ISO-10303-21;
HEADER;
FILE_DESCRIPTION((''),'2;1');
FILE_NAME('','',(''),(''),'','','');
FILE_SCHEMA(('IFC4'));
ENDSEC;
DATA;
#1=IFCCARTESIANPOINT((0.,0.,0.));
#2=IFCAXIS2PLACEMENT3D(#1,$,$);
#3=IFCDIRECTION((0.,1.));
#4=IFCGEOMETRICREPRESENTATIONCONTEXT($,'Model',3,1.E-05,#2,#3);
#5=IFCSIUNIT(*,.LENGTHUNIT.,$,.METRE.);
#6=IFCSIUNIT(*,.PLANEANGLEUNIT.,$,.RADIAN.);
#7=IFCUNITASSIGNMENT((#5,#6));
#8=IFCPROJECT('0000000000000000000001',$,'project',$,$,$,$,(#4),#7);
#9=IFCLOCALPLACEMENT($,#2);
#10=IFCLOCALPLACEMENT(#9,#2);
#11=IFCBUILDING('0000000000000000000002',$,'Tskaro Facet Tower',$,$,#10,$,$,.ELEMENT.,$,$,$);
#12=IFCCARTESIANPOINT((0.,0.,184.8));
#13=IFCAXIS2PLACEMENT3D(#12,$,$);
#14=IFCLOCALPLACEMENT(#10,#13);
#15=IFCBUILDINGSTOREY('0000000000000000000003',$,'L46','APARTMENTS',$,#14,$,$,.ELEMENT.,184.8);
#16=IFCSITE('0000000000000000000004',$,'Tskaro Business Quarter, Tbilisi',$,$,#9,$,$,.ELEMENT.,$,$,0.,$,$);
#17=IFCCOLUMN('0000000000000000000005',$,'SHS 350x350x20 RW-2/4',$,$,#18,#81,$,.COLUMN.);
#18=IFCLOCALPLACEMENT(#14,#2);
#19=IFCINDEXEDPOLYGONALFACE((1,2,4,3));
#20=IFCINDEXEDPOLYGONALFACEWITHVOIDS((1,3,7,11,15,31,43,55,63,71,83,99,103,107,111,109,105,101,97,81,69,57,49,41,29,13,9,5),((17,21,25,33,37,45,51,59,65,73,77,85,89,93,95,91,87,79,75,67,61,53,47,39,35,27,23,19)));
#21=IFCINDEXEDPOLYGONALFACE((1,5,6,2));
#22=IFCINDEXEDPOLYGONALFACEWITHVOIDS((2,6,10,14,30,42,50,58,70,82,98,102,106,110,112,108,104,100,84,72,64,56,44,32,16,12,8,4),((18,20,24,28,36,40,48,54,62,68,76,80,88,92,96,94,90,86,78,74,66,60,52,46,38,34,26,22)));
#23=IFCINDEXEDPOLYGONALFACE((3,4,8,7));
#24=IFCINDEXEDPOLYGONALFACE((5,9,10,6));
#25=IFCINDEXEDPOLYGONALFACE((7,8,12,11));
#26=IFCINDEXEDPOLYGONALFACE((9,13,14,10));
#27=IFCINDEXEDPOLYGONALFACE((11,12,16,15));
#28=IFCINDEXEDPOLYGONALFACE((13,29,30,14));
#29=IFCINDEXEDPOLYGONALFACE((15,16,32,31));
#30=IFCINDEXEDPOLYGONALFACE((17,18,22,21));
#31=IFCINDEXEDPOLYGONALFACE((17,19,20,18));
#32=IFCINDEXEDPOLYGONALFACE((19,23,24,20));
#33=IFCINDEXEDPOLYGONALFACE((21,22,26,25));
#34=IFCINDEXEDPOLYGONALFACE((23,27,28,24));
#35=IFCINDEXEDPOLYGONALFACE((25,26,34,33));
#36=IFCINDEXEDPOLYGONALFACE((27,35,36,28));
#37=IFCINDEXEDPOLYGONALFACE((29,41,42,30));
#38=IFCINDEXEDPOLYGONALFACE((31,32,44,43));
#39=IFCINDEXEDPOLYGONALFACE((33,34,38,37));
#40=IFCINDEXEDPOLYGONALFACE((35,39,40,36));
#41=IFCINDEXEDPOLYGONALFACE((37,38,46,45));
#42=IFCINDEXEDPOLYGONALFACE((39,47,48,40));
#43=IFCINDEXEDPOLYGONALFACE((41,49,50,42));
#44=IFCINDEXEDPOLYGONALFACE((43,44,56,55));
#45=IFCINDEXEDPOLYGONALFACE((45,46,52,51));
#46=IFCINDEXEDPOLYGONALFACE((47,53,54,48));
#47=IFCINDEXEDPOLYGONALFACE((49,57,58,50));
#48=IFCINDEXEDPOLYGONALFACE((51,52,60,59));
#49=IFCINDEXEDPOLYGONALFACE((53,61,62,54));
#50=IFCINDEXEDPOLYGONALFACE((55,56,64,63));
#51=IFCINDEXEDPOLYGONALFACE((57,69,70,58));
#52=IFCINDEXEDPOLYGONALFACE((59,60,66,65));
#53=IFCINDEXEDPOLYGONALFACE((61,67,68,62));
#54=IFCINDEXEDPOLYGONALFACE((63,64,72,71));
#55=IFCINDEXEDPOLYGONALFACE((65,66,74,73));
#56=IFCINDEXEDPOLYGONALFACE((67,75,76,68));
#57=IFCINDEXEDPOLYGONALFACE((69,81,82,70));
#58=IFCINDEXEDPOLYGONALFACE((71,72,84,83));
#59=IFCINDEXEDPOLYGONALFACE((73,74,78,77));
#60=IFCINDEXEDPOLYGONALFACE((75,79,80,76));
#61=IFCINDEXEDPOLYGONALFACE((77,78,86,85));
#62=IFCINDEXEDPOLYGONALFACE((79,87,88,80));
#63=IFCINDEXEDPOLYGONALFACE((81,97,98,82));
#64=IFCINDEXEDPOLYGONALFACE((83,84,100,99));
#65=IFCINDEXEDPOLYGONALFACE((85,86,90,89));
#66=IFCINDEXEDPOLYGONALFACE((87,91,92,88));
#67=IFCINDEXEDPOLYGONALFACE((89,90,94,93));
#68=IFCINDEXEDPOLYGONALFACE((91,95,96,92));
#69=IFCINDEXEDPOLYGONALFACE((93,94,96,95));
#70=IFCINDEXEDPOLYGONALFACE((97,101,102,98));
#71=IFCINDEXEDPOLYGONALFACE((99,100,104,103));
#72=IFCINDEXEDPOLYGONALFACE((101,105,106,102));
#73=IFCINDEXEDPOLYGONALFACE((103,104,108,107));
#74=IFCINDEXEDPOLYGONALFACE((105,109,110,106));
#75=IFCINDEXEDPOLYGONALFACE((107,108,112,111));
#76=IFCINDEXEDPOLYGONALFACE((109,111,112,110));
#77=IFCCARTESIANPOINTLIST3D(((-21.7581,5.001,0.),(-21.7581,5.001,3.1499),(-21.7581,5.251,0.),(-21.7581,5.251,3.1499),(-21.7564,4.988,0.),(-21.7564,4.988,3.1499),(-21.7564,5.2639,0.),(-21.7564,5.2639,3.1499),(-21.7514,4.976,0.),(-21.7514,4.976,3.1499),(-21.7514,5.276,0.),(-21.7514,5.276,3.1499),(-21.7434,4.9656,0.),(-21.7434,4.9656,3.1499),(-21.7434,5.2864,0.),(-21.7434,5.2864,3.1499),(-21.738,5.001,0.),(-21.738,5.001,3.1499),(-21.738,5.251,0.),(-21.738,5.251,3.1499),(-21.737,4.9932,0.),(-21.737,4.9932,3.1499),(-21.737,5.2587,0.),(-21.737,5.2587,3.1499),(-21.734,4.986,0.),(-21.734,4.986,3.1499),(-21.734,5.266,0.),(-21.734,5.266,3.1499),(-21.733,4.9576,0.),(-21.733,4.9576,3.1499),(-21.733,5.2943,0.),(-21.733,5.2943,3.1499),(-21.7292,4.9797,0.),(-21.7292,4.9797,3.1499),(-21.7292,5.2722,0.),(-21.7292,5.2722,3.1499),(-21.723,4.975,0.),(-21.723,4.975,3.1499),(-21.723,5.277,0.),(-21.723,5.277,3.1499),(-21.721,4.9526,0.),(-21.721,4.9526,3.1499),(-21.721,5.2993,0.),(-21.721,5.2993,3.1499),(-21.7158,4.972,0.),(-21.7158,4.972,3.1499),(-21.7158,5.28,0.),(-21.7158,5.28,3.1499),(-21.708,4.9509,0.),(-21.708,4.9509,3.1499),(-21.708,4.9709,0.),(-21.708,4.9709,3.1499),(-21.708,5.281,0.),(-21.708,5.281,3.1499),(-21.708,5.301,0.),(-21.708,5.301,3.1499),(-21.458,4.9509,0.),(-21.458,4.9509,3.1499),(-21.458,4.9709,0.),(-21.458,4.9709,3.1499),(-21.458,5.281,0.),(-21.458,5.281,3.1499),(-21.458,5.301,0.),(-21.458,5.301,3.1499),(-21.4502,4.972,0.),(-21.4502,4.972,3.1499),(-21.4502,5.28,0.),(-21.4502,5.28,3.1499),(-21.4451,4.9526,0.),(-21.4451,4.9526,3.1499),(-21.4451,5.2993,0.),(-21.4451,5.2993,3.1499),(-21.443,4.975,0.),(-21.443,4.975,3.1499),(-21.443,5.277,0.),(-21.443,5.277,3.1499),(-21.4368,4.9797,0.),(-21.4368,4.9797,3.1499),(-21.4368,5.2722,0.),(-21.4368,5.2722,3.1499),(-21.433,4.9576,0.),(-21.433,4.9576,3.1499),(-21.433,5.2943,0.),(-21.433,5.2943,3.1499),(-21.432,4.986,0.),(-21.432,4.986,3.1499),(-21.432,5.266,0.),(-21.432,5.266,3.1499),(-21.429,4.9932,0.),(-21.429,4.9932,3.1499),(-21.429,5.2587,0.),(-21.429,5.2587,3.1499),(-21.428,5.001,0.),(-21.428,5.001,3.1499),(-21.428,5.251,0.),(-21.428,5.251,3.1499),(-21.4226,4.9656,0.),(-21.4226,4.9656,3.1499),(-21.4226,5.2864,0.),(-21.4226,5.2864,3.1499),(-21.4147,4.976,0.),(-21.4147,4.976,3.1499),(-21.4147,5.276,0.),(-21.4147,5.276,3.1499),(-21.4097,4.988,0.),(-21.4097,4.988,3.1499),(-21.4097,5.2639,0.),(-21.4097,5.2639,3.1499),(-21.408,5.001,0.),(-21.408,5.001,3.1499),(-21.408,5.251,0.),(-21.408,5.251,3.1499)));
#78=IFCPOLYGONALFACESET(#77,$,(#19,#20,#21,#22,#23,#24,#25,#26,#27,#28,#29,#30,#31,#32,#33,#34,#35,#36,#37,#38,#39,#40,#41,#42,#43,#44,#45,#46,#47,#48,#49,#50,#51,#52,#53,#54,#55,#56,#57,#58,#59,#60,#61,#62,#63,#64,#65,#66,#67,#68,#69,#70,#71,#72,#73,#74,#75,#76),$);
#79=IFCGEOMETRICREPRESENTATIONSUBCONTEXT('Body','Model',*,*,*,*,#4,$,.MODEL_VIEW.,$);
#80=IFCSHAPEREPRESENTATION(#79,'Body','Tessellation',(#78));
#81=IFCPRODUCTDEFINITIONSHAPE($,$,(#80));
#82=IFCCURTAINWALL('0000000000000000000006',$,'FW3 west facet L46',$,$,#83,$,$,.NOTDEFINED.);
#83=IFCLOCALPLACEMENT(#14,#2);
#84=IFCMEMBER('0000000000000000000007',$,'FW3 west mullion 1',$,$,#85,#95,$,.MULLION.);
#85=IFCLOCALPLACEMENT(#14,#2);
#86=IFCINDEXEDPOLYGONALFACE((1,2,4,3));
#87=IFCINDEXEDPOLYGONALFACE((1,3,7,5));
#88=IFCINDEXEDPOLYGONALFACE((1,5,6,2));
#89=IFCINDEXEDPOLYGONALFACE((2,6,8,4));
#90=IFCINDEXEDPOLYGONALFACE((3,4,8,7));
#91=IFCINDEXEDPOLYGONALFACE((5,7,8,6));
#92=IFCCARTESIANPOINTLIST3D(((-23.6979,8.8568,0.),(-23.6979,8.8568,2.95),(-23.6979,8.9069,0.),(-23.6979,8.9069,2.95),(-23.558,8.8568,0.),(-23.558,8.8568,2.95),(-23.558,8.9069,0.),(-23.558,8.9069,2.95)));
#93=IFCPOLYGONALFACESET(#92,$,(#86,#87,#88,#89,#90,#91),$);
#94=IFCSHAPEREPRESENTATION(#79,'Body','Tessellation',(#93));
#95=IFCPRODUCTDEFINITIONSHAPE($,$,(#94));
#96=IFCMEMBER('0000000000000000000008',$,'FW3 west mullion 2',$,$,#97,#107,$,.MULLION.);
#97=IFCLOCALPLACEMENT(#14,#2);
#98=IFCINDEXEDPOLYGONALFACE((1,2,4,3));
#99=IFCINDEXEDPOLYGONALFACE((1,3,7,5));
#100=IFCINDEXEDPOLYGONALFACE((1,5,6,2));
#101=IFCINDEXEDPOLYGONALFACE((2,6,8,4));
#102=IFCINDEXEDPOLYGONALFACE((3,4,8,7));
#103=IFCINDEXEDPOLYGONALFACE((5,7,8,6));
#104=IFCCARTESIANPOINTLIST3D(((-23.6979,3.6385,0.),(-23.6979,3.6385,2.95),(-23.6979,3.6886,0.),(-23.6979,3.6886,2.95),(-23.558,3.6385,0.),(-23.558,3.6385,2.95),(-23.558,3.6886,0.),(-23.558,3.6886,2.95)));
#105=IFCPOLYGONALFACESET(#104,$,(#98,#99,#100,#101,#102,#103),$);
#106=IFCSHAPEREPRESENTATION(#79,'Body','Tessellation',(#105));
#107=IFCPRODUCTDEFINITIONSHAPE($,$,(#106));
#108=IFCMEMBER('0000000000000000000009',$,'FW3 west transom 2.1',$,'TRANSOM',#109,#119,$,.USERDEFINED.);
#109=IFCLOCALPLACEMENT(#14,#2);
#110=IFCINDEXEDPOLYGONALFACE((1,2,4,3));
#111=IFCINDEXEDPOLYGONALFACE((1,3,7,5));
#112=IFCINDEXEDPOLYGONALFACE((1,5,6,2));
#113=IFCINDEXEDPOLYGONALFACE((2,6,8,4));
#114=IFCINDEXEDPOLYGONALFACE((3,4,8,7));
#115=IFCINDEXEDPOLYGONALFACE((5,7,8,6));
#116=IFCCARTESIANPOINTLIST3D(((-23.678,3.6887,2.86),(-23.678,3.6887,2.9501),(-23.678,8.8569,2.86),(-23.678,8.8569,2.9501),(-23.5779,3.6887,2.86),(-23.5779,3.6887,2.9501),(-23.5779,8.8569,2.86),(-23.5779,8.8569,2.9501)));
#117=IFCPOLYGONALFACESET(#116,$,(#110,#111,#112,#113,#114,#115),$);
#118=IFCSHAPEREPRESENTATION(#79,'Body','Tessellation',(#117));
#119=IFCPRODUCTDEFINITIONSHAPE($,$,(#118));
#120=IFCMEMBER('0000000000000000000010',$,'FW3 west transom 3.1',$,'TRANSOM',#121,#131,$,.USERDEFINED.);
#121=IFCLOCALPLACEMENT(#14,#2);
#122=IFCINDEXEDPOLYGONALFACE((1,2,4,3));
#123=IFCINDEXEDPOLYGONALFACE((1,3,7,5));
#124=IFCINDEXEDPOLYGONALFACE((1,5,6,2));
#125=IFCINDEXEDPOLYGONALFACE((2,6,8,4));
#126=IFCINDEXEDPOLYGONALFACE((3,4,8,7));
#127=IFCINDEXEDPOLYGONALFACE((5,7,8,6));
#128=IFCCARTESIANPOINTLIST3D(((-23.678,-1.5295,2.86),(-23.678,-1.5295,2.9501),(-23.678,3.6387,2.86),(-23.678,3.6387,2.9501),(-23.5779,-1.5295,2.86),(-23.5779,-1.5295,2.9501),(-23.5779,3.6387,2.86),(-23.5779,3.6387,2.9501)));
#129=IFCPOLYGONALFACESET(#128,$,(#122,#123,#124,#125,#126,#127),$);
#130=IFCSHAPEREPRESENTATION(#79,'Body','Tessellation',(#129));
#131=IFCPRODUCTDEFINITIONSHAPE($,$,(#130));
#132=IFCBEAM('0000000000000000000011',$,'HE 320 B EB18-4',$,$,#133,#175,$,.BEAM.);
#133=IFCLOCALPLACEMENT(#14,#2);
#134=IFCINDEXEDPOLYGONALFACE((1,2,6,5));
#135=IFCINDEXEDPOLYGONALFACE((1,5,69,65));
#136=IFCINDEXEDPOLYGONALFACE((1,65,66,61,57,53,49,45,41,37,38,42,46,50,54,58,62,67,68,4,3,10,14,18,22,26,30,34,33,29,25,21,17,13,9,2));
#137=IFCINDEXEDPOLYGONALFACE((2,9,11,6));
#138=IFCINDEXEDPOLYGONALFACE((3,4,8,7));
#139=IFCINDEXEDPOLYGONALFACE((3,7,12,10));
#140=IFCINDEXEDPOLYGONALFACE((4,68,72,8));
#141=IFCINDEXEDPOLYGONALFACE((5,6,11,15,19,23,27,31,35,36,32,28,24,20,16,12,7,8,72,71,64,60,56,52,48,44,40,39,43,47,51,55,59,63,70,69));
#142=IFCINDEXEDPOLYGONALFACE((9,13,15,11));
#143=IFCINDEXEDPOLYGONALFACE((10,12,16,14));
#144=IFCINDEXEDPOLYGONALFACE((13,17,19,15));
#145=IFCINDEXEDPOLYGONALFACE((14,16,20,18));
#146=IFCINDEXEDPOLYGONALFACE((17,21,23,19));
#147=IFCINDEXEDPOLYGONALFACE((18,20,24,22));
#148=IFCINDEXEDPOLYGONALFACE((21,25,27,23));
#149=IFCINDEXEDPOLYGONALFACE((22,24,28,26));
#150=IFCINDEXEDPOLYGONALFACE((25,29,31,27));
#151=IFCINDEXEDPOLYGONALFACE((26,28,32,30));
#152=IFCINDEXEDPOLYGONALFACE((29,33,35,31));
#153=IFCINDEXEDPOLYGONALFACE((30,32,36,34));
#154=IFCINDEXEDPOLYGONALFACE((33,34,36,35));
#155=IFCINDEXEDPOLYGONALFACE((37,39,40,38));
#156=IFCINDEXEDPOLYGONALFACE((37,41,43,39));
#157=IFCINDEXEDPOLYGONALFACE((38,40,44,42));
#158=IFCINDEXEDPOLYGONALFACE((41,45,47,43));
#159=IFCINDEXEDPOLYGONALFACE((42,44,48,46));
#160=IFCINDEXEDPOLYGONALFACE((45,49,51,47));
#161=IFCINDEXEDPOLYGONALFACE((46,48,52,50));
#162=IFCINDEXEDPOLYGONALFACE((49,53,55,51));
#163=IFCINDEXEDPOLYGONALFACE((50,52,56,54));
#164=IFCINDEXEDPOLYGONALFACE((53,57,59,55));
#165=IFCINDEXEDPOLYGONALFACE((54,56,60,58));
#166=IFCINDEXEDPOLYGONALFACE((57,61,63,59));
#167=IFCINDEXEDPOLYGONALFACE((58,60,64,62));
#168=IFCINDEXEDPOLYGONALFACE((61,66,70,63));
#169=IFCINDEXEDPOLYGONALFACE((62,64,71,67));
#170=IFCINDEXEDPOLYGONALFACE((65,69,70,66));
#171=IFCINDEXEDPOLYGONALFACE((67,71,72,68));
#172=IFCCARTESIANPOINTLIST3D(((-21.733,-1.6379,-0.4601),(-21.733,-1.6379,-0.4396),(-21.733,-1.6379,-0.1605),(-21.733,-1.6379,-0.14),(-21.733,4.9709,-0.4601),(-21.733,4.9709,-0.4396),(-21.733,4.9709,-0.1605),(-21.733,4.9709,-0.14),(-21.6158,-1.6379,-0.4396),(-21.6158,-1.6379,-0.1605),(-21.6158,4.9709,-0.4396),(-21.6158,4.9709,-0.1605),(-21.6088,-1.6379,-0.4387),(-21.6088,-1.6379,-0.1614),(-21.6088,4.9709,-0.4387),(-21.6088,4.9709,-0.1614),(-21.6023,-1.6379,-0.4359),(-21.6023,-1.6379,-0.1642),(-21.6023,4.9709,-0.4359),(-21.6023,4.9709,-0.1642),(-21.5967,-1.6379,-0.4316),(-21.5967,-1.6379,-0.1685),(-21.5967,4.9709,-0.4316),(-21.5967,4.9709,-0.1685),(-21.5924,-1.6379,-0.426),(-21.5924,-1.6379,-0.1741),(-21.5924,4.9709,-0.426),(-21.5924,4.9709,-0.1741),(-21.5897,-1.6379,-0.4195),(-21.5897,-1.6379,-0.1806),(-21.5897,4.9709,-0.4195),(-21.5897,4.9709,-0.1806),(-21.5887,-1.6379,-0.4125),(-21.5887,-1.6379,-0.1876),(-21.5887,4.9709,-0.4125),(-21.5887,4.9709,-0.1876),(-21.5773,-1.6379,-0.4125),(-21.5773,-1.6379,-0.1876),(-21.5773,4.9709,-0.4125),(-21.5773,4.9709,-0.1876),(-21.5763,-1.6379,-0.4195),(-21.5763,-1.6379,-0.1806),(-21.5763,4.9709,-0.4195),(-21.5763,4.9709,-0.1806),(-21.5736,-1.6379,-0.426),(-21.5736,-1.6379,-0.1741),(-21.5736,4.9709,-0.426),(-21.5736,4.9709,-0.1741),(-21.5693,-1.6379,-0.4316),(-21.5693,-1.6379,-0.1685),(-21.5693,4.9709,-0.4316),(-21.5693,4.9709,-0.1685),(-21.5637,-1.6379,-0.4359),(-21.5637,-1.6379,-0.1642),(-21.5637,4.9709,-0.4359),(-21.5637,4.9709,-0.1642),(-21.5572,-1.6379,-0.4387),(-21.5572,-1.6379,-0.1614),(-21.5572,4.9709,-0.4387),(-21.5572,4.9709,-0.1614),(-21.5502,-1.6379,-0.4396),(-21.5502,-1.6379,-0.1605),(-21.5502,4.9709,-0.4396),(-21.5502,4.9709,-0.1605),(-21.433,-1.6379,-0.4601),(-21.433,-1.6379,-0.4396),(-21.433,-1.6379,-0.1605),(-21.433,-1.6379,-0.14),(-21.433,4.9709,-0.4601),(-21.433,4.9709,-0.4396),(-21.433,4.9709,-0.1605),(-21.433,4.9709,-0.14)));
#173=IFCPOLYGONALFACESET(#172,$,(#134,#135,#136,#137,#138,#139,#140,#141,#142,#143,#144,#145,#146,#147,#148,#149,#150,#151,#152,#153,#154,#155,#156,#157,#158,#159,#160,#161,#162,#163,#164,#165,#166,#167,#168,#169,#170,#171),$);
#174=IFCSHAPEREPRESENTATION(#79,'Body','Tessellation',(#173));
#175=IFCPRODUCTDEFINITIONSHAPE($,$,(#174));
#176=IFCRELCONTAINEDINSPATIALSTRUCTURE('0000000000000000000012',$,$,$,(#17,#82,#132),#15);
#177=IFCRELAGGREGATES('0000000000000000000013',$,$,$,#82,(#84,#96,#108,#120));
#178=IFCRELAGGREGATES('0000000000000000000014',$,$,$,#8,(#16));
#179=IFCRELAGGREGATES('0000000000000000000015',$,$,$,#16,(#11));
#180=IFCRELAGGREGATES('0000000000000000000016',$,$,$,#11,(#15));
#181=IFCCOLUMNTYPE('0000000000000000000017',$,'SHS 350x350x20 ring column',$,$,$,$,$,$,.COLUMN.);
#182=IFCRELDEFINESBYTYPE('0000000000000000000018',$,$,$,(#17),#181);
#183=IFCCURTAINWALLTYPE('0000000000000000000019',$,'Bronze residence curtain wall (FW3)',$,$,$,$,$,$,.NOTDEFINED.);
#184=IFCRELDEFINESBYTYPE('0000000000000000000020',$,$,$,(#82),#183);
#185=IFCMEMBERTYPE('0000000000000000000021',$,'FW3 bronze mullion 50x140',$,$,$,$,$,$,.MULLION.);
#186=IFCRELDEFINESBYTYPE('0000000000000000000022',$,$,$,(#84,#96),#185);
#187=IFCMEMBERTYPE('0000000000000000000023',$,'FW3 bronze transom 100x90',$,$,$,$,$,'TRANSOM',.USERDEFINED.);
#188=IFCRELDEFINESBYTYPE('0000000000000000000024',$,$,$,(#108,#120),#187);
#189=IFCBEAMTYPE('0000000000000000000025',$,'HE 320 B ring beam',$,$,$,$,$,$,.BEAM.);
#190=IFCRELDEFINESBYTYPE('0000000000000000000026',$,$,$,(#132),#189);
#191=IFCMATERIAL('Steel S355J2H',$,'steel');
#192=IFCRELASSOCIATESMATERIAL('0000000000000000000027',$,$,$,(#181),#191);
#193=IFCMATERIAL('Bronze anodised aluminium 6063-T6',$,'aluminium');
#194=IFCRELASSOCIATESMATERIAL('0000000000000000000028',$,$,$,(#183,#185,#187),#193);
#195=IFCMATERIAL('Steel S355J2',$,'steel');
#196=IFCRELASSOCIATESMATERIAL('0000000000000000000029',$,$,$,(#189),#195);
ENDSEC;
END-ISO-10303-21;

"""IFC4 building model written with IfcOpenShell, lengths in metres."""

from ifc_helpers import new_model, si_unit, direction, frame, origin, origin_2d, place, context, subcontext, project, spatial, rectangle, hollow_rectangle, i_section, extrude, material, material_profile, profile_set, type_object, element, aggregate, save


model = new_model("IFC4")

# Units and contexts
model_context = context("Model", 3, precision=1e-05, world=origin(), true_north=direction((0.0, 1.0)))
body_context = subcontext(model_context, "Body", "Model", "MODEL_VIEW")
ifc_project = project(units=[si_unit("LENGTHUNIT", "METRE"), si_unit("PLANEANGLEUNIT", "RADIAN")], contexts=[model_context])

# Site, building, storey
site_placement = place(None, origin())
site = spatial("IfcSite", under=ifc_project, at=site_placement, Name="Tskaro Business Quarter, Tbilisi", CompositionType="ELEMENT", RefElevation=0.0)
building_placement = place(site_placement, origin())
building = spatial("IfcBuilding", under=site, at=building_placement, Name="Tskaro Facet Tower", CompositionType="ELEMENT")
storey_placement = place(building_placement, frame((0.0, 0.0, 184.8)))
storey = spatial("IfcBuildingStorey", under=building, at=storey_placement, Name="L46", Description="APARTMENTS", CompositionType="ELEMENT", Elevation=184.8)

# Column
ifc_material_1 = material(Name="Steel S355J2H", Category="steel")
ifc_material_profile_1 = material_profile(ifc_material_1, hollow_rectangle(XDim=0.3501, YDim=0.3501, WallThickness=0.02, InnerFilletRadius=0.03, OuterFilletRadius=0.05, at=origin_2d()), Name="SHS 350x350x20")
ifc_profile_set_1 = profile_set([ifc_material_profile_1], Name="Steel S355J2H")
column_type_1 = type_object("IfcColumnType", Name="SHS 350x350x20 ring column", PredefinedType="COLUMN", material=ifc_profile_set_1)
column_placement = place(storey_placement, frame((-21.583, 5.126, 0.0), z_axis=(0.0, 0.0, 1.0), x_axis=(1.0, 0.0, 0.0)))
element("IfcColumn", 1, at=column_placement, inside=storey, type_object=column_type_1, Name="SHS 350x350x20 RW-2/4", PredefinedType="COLUMN", context=body_context, shape_type="SweptSolid", body=[
    extrude(hollow_rectangle(XDim=0.3501, YDim=0.3501, WallThickness=0.02, InnerFilletRadius=0.03, OuterFilletRadius=0.05, at=origin_2d()), origin(), (0.0, 0.0, 1.0), 3.1499),
])

# Curtain wall, members
ifc_material_2 = material(Name="Bronze anodised aluminium 6063-T6", Category="aluminium")
curtain_wall_type = type_object("IfcCurtainWallType", Name="Bronze residence curtain wall (FW3)", PredefinedType="NOTDEFINED", material=ifc_material_2)
curtain_wall_placement = place(storey_placement, origin())
curtain_wall = element("IfcCurtainWall", 2, at=curtain_wall_placement, inside=storey, type_object=curtain_wall_type, Name="FW3 west facet L46", PredefinedType="NOTDEFINED")
ifc_material_profile_2 = material_profile(ifc_material_2, rectangle(XDim=0.05, YDim=0.1399, at=origin_2d()), Name="Mullion 50x140")
ifc_profile_set_2 = profile_set([ifc_material_profile_2], Name="Bronze anodised aluminium 6063-T6")
member_type_1 = type_object("IfcMemberType", Name="FW3 bronze mullion 50x140", PredefinedType="MULLION", material=ifc_profile_set_2)
member_1_placement = place(storey_placement, frame((-23.6279, 8.8818, 0.0), z_axis=(0.0, 0.0, 1.0), x_axis=(0.0, -1.0, 0.0)))
member_1 = element("IfcMember", 3, at=member_1_placement, type_object=member_type_1, Name="FW3 west mullion 1", PredefinedType="MULLION", context=body_context, shape_type="SweptSolid", body=[
    extrude(rectangle(XDim=0.05, YDim=0.1399, at=origin_2d()), origin(), (0.0, 0.0, 1.0), 2.95),
])
member_2_placement = place(storey_placement, frame((-23.6279, 3.6636, 0.0), z_axis=(0.0, 0.0, 1.0), x_axis=(0.0, -1.0, 0.0)))
member_2 = element("IfcMember", 4, at=member_2_placement, type_object=member_type_1, Name="FW3 west mullion 2", PredefinedType="MULLION", context=body_context, shape_type="SweptSolid", body=[
    extrude(rectangle(XDim=0.05, YDim=0.1399, at=origin_2d()), origin(), (0.0, 0.0, 1.0), 2.95),
])
ifc_material_profile_3 = material_profile(ifc_material_2, rectangle(XDim=0.1001, YDim=0.0901, at=origin_2d()), Name="Transom 100x90")
ifc_profile_set_3 = profile_set([ifc_material_profile_3], Name="Bronze anodised aluminium 6063-T6")
member_type_2 = type_object("IfcMemberType", Name="FW3 bronze transom 100x90", ElementType="TRANSOM", PredefinedType="USERDEFINED", material=ifc_profile_set_3)
member_3_placement = place(storey_placement, frame((-23.6279, 8.8569, 2.905), z_axis=(0.0, -1.0, 0.0), x_axis=(1.0, 0.0, 0.0)))
member_3 = element("IfcMember", 5, at=member_3_placement, type_object=member_type_2, Name="FW3 west transom 2.1", ObjectType="TRANSOM", PredefinedType="USERDEFINED", context=body_context, shape_type="SweptSolid", body=[
    extrude(rectangle(XDim=0.1001, YDim=0.0901, at=origin_2d()), origin(), (0.0, 0.0, 1.0), 5.1682),
])
member_4_placement = place(storey_placement, frame((-23.6279, 3.6387, 2.905), z_axis=(0.0, -1.0, 0.0), x_axis=(1.0, 0.0, 0.0)))
member_4 = element("IfcMember", 6, at=member_4_placement, type_object=member_type_2, Name="FW3 west transom 3.1", ObjectType="TRANSOM", PredefinedType="USERDEFINED", context=body_context, shape_type="SweptSolid", body=[
    extrude(rectangle(XDim=0.1001, YDim=0.0901, at=origin_2d()), origin(), (0.0, 0.0, 1.0), 5.1682),
])

# Beam
ifc_material_3 = material(Name="Steel S355J2", Category="steel")
ifc_material_profile_4 = material_profile(ifc_material_3, i_section(OverallWidth=0.3, OverallDepth=0.3201, WebThickness=0.0115, FlangeThickness=0.0205, FilletRadius=0.0271, at=origin_2d()), Name="HE 320 B")
ifc_profile_set_4 = profile_set([ifc_material_profile_4], Name="Steel S355J2")
beam_type_1 = type_object("IfcBeamType", Name="HE 320 B ring beam", PredefinedType="BEAM", material=ifc_profile_set_4)
beam_1_placement = place(storey_placement, frame((-21.583, 4.9709, -0.3), z_axis=(0.0, -1.0, 0.0), x_axis=(1.0, 0.0, 0.0)))
element("IfcBeam", 7, at=beam_1_placement, inside=storey, type_object=beam_type_1, Name="HE 320 B EB18-4", PredefinedType="BEAM", context=body_context, shape_type="SweptSolid", body=[
    extrude(i_section(OverallWidth=0.3, OverallDepth=0.3201, WebThickness=0.0115, FlangeThickness=0.0205, FilletRadius=0.0271, at=origin_2d()), origin(), (0.0, 0.0, 1.0), 6.6089),
])

aggregate(curtain_wall, [member_1, member_2, member_3, member_4])

save(model, "model.ifc")
